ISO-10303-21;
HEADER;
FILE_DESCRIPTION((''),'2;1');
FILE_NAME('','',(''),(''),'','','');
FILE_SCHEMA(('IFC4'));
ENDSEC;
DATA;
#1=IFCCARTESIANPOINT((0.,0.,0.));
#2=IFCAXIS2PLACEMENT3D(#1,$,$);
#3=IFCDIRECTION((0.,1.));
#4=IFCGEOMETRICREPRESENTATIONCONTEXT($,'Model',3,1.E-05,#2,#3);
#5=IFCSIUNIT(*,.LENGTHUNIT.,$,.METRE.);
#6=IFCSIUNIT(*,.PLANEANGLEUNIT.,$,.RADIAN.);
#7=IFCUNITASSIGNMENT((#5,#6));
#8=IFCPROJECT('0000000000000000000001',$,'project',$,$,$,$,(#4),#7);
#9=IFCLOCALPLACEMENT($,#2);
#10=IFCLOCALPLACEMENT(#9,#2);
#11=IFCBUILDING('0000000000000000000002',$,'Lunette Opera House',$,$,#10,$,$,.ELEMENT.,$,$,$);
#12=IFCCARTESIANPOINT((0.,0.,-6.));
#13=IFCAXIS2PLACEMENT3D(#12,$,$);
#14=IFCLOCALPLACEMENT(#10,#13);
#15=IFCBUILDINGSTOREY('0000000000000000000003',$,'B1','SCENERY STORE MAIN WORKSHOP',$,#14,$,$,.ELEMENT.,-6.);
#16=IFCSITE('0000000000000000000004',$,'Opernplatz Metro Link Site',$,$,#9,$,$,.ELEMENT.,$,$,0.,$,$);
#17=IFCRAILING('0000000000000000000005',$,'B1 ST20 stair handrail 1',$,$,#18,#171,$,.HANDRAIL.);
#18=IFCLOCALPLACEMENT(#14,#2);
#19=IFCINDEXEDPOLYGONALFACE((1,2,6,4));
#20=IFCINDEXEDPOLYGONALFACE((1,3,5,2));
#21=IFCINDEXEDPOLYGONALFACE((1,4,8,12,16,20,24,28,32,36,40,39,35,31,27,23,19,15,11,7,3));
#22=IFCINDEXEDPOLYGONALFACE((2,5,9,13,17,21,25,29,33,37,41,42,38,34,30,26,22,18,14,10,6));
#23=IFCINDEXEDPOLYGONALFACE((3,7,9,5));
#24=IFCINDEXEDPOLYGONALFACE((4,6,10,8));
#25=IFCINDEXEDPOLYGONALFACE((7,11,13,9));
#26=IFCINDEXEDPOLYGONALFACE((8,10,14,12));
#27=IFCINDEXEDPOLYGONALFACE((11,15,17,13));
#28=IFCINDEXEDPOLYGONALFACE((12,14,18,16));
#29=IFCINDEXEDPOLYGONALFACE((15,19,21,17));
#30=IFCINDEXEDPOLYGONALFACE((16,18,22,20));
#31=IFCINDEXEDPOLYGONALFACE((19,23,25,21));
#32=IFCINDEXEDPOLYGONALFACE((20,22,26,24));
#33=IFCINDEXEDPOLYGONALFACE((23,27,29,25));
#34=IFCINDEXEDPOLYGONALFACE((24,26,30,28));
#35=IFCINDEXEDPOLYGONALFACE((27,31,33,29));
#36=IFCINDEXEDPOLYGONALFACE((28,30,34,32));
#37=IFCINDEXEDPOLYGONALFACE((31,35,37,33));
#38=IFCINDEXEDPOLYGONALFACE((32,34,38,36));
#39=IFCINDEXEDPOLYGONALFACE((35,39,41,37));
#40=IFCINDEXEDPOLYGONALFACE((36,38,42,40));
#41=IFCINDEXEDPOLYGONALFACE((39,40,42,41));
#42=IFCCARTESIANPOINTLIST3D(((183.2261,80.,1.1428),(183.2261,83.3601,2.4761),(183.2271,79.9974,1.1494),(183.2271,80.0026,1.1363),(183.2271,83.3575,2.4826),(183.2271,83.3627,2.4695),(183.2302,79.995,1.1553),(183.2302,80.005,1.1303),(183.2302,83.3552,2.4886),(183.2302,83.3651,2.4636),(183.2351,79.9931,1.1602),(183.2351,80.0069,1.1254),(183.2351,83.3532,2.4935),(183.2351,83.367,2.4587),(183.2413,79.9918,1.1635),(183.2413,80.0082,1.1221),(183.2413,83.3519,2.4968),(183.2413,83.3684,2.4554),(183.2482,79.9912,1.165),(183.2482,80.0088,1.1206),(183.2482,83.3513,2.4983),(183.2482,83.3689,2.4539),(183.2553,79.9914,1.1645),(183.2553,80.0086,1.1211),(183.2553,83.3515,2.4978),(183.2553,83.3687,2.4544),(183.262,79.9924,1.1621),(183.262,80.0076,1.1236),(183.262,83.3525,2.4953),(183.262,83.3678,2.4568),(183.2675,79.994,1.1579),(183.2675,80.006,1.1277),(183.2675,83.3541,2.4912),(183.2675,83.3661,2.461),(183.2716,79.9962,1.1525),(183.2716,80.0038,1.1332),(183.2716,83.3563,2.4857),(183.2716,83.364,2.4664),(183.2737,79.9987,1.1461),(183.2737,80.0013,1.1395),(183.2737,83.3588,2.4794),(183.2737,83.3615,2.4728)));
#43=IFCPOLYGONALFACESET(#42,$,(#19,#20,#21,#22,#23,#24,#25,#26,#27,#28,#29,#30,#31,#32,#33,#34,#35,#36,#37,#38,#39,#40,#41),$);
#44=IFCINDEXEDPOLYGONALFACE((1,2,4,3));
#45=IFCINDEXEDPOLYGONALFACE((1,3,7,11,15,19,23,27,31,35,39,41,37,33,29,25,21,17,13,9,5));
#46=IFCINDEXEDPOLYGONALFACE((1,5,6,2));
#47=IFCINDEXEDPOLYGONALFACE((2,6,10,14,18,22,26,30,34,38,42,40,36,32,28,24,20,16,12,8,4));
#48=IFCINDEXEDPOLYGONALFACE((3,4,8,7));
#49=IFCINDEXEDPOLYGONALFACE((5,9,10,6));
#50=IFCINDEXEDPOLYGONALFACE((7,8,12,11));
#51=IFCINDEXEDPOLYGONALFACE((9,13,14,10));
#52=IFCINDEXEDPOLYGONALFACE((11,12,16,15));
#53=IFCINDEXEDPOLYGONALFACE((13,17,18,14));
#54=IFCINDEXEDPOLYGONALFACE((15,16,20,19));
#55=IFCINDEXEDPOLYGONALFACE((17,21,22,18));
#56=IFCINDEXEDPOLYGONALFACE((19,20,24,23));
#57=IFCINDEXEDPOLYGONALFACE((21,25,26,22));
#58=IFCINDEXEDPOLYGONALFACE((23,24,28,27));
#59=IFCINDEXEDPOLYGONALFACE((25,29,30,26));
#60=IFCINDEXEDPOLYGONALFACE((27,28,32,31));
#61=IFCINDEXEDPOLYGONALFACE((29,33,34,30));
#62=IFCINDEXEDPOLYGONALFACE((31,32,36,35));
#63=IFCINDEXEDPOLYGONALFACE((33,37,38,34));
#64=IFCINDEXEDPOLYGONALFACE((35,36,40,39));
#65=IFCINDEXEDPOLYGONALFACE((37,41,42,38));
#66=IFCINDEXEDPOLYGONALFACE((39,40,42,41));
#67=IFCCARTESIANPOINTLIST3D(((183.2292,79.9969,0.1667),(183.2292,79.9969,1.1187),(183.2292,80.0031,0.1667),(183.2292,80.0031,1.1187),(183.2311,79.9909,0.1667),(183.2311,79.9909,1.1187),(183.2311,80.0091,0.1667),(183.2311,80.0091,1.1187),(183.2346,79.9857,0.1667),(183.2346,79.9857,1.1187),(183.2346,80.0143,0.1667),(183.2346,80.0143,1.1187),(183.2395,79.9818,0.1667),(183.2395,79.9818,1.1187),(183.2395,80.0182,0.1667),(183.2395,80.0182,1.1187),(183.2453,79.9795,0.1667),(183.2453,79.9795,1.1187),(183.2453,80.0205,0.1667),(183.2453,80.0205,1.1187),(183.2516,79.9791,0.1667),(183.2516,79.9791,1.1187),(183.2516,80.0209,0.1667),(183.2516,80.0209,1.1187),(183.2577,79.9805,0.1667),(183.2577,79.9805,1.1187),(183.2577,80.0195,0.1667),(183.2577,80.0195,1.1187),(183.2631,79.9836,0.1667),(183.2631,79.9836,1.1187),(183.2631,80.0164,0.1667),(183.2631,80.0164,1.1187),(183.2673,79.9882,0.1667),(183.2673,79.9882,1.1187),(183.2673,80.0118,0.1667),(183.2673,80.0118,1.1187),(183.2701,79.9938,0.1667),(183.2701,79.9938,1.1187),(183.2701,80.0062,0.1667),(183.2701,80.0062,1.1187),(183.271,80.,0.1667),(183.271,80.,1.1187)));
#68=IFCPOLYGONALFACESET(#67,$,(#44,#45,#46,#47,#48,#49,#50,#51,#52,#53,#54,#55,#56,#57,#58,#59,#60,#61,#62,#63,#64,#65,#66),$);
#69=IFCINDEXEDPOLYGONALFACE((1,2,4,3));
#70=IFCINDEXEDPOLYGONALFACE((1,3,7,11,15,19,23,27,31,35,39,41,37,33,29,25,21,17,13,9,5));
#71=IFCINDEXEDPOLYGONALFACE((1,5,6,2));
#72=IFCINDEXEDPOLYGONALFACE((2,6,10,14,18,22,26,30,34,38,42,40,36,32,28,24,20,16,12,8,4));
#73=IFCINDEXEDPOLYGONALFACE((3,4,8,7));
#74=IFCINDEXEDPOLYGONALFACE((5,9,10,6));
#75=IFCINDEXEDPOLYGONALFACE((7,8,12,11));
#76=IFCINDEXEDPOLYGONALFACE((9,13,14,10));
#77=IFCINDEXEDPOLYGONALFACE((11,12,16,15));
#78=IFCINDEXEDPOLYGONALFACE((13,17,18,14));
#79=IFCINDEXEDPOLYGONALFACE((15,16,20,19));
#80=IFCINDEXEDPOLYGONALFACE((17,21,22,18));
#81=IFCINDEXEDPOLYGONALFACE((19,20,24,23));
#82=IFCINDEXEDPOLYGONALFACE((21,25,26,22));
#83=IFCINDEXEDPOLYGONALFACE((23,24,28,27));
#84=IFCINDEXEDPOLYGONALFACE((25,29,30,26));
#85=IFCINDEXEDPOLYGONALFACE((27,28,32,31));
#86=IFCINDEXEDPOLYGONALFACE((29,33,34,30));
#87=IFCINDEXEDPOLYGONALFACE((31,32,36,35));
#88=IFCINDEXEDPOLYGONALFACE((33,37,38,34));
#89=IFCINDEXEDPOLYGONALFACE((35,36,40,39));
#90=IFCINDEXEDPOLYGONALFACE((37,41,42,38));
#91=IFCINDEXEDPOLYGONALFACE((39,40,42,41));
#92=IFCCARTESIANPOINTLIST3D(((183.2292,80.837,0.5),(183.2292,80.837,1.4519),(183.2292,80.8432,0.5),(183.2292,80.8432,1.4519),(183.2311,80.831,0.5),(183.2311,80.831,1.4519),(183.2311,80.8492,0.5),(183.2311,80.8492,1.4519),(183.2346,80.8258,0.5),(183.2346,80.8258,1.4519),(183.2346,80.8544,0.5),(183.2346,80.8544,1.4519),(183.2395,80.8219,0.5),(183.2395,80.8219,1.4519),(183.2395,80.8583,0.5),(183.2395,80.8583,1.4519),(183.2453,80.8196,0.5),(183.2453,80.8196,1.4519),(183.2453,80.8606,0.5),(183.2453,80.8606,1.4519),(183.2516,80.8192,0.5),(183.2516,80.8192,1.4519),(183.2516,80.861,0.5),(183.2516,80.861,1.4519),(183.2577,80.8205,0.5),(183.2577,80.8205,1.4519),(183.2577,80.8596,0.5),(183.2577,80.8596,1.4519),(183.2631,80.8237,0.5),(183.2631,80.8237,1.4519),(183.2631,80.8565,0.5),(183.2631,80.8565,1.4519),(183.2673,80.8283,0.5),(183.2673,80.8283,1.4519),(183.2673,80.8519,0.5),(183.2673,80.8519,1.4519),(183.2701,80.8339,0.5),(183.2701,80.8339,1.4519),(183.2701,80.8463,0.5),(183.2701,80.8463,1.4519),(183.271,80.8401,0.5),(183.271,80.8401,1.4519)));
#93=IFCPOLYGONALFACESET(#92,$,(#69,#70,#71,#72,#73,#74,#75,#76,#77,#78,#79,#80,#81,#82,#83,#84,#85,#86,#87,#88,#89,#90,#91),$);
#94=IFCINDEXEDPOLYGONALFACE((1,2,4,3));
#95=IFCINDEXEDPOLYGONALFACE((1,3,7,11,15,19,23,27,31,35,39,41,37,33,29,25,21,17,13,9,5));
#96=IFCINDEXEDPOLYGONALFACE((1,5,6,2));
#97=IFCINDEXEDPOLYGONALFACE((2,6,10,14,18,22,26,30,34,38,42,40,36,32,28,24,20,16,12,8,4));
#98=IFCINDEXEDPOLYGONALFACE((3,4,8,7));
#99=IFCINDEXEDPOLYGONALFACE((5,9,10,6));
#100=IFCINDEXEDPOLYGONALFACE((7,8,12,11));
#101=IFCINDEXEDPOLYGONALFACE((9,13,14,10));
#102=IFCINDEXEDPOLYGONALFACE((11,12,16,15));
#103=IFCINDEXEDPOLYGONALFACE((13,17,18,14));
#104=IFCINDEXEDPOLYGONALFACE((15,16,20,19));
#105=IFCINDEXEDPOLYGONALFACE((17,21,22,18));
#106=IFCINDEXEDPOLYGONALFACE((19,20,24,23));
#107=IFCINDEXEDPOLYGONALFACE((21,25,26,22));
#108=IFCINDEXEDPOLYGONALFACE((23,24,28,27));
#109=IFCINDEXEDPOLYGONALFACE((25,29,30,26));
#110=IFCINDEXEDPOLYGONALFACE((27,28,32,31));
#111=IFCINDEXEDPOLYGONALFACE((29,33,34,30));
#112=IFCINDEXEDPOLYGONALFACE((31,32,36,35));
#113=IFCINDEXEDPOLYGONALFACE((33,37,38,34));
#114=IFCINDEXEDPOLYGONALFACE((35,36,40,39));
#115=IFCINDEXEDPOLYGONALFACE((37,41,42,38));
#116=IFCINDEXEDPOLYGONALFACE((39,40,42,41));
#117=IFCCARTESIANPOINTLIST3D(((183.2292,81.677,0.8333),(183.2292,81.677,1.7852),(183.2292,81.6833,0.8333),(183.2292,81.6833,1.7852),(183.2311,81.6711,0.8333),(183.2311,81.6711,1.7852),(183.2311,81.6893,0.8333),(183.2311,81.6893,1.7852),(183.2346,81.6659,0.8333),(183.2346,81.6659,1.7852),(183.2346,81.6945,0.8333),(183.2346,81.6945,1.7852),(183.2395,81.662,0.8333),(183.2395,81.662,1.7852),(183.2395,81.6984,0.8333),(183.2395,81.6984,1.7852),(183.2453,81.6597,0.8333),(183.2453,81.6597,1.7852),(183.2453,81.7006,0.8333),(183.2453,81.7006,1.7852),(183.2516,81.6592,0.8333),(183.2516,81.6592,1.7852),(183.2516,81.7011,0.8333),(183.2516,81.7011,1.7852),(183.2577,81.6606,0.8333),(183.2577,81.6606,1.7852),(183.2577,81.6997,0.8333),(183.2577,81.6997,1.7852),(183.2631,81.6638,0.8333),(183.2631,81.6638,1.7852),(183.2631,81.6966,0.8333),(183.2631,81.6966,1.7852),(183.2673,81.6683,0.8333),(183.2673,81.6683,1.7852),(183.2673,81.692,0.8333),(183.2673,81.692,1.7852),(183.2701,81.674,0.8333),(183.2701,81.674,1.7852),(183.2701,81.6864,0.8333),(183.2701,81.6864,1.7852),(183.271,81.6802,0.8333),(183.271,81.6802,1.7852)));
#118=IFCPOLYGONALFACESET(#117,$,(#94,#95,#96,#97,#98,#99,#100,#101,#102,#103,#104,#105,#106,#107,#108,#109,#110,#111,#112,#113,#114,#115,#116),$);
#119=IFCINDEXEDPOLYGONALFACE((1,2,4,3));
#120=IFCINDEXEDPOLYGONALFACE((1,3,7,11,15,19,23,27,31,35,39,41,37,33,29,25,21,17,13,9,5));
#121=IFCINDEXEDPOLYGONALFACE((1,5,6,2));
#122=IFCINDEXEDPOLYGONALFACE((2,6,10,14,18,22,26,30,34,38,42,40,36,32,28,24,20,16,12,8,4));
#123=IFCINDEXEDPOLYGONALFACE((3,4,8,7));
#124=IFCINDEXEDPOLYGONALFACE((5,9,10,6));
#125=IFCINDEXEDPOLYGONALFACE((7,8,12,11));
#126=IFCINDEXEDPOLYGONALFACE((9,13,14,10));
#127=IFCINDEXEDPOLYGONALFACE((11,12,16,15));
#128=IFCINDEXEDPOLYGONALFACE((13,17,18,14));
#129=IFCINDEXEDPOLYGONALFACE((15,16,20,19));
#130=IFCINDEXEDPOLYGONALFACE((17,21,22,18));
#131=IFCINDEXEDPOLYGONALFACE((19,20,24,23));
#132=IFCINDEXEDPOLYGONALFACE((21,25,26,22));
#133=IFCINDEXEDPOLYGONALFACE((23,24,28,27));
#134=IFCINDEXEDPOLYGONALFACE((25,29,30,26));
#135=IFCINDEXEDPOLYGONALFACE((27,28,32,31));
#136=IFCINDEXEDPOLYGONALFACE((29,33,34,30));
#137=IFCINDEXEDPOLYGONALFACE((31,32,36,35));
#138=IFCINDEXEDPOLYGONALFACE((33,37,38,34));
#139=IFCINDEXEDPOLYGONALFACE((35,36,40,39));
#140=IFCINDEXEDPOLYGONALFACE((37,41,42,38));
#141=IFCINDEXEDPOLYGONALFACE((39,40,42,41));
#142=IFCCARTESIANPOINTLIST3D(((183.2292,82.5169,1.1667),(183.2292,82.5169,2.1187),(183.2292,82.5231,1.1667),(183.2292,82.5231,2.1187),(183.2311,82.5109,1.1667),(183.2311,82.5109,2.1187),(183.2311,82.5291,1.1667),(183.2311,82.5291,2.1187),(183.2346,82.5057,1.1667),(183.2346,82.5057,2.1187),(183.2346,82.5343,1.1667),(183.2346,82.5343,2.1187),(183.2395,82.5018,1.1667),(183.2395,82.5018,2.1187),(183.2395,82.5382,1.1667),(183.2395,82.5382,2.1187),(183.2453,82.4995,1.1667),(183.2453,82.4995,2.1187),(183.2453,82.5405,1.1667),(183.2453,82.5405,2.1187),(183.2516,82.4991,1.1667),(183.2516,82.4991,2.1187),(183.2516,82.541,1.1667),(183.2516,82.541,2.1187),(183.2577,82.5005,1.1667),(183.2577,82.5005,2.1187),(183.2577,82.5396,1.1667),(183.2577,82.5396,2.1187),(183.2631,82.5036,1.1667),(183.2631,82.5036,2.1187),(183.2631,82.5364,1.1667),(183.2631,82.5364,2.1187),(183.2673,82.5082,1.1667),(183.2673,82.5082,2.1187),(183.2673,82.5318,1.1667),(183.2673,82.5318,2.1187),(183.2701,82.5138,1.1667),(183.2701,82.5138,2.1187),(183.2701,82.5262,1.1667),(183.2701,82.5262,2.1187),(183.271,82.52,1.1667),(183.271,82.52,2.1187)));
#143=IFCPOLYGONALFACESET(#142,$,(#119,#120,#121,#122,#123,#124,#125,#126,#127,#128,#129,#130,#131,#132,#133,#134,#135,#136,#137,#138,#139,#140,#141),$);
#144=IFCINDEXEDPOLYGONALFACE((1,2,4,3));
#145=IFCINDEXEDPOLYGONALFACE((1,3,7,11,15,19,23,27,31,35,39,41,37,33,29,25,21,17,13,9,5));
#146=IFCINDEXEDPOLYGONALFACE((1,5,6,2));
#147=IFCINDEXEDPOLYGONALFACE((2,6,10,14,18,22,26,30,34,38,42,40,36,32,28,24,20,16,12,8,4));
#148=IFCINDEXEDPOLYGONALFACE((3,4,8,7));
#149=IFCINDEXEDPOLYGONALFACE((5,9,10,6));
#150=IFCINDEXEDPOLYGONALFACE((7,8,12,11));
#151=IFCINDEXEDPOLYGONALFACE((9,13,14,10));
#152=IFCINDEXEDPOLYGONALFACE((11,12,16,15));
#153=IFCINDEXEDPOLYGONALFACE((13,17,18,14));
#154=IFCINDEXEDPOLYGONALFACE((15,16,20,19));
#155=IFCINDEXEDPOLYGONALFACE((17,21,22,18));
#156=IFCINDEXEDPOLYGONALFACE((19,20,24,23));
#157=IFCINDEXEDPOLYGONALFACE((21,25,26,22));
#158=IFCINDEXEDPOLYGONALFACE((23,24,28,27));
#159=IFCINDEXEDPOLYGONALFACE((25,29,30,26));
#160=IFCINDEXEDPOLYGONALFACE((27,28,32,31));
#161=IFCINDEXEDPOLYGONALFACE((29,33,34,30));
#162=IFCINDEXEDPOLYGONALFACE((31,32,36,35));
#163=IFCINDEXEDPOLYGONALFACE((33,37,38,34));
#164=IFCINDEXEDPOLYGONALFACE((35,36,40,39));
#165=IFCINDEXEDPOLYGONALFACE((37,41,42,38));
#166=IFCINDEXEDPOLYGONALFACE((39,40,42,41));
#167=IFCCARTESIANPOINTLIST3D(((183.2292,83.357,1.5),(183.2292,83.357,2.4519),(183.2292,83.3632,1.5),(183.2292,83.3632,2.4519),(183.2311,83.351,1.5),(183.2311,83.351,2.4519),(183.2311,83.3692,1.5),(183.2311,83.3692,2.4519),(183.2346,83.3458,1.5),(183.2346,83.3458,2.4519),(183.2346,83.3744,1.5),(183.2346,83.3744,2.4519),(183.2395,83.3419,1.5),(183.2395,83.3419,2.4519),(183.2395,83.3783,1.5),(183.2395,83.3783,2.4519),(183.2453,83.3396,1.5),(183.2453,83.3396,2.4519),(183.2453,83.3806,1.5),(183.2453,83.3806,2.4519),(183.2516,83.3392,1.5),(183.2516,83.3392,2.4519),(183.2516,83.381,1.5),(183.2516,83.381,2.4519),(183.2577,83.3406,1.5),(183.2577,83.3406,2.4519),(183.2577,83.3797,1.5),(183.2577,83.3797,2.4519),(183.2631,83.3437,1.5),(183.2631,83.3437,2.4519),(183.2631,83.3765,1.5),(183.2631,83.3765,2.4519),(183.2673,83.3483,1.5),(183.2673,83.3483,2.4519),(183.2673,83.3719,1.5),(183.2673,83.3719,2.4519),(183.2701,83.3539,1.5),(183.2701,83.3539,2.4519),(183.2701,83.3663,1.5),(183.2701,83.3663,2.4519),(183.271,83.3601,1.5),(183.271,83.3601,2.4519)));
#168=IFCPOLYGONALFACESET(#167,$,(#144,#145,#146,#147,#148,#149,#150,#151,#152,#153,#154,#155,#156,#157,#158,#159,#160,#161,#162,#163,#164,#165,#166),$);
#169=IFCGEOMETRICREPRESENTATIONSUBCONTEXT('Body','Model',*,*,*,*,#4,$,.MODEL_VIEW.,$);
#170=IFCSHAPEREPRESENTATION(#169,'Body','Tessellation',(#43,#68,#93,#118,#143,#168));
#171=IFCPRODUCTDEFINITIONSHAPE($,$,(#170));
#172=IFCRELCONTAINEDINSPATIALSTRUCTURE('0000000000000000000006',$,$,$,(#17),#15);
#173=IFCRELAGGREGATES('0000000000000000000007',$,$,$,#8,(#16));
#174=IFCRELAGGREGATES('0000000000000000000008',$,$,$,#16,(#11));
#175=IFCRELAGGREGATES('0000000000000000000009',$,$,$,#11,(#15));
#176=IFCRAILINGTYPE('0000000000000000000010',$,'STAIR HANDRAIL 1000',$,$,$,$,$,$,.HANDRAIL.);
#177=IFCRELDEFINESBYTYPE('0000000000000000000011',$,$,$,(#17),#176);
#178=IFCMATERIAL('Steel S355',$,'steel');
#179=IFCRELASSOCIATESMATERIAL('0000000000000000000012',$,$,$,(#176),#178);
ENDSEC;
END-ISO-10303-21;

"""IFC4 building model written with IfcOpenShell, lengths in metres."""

from ifc_helpers import new_model, si_unit, direction, frame, origin, origin_2d, place, context, subcontext, project, spatial, circle, extrude, material, type_object, element, save


model = new_model("IFC4")

# Units and contexts
model_context = context("Model", 3, precision=1e-05, world=origin(), true_north=direction((0.0, 1.0)))
body_context = subcontext(model_context, "Body", "Model", "MODEL_VIEW")
ifc_project = project(units=[si_unit("LENGTHUNIT", "METRE"), si_unit("PLANEANGLEUNIT", "RADIAN")], contexts=[model_context])

# Site, building, storey
site_placement = place(None, origin())
site = spatial("IfcSite", under=ifc_project, at=site_placement, Name="Opernplatz Metro Link Site", CompositionType="ELEMENT", RefElevation=0.0)
building_placement = place(site_placement, origin())
building = spatial("IfcBuilding", under=site, at=building_placement, Name="Lunette Opera House", CompositionType="ELEMENT")
storey_placement = place(building_placement, frame((0.0, 0.0, -6.0)))
storey = spatial("IfcBuildingStorey", under=building, at=storey_placement, Name="B1", Description="SCENERY STORE MAIN WORKSHOP", CompositionType="ELEMENT", Elevation=-6.0)

# Railing
ifc_material_1 = material(Name="Steel S355", Category="steel")
railing_type_1 = type_object("IfcRailingType", Name="STAIR HANDRAIL 1000", PredefinedType="HANDRAIL", material=ifc_material_1)
for number, where, name in (
    (1, (183.25, 80.0, 0.1667), "B1 ST20 stair handrail 1"),
):
    element("IfcRailing", number, at=place(storey_placement, frame(where)), inside=storey, type_object=railing_type_1, Name=name, PredefinedType="HANDRAIL", context=body_context, shape_type="SweptSolid", body=[
        extrude(circle(Radius=0.0239, at=origin_2d()), frame((0.0, 0.0, 0.9761), z_axis=(0.0, 0.929502, 0.368816), x_axis=(-1.0, 0.0, 0.0)), (0.0, 0.0, 1.0), 3.615),
        extrude(circle(Radius=0.021, at=origin_2d()), origin(), (0.0, 0.0, 1.0), 0.9519),
        extrude(circle(Radius=0.021, at=origin_2d()), frame((0.0, 0.8401, 0.3333)), (0.0, 0.0, 1.0), 0.9519),
        extrude(circle(Radius=0.021, at=origin_2d()), frame((0.0, 1.6802, 0.6665)), (0.0, 0.0, 1.0), 0.9519),
        extrude(circle(Radius=0.021, at=origin_2d()), frame((0.0, 2.52, 1.0)), (0.0, 0.0, 1.0), 0.9519),
        extrude(circle(Radius=0.021, at=origin_2d()), frame((0.0, 3.3601, 1.3333)), (0.0, 0.0, 1.0), 0.9519),
    ])

save(model, "model.ifc")
